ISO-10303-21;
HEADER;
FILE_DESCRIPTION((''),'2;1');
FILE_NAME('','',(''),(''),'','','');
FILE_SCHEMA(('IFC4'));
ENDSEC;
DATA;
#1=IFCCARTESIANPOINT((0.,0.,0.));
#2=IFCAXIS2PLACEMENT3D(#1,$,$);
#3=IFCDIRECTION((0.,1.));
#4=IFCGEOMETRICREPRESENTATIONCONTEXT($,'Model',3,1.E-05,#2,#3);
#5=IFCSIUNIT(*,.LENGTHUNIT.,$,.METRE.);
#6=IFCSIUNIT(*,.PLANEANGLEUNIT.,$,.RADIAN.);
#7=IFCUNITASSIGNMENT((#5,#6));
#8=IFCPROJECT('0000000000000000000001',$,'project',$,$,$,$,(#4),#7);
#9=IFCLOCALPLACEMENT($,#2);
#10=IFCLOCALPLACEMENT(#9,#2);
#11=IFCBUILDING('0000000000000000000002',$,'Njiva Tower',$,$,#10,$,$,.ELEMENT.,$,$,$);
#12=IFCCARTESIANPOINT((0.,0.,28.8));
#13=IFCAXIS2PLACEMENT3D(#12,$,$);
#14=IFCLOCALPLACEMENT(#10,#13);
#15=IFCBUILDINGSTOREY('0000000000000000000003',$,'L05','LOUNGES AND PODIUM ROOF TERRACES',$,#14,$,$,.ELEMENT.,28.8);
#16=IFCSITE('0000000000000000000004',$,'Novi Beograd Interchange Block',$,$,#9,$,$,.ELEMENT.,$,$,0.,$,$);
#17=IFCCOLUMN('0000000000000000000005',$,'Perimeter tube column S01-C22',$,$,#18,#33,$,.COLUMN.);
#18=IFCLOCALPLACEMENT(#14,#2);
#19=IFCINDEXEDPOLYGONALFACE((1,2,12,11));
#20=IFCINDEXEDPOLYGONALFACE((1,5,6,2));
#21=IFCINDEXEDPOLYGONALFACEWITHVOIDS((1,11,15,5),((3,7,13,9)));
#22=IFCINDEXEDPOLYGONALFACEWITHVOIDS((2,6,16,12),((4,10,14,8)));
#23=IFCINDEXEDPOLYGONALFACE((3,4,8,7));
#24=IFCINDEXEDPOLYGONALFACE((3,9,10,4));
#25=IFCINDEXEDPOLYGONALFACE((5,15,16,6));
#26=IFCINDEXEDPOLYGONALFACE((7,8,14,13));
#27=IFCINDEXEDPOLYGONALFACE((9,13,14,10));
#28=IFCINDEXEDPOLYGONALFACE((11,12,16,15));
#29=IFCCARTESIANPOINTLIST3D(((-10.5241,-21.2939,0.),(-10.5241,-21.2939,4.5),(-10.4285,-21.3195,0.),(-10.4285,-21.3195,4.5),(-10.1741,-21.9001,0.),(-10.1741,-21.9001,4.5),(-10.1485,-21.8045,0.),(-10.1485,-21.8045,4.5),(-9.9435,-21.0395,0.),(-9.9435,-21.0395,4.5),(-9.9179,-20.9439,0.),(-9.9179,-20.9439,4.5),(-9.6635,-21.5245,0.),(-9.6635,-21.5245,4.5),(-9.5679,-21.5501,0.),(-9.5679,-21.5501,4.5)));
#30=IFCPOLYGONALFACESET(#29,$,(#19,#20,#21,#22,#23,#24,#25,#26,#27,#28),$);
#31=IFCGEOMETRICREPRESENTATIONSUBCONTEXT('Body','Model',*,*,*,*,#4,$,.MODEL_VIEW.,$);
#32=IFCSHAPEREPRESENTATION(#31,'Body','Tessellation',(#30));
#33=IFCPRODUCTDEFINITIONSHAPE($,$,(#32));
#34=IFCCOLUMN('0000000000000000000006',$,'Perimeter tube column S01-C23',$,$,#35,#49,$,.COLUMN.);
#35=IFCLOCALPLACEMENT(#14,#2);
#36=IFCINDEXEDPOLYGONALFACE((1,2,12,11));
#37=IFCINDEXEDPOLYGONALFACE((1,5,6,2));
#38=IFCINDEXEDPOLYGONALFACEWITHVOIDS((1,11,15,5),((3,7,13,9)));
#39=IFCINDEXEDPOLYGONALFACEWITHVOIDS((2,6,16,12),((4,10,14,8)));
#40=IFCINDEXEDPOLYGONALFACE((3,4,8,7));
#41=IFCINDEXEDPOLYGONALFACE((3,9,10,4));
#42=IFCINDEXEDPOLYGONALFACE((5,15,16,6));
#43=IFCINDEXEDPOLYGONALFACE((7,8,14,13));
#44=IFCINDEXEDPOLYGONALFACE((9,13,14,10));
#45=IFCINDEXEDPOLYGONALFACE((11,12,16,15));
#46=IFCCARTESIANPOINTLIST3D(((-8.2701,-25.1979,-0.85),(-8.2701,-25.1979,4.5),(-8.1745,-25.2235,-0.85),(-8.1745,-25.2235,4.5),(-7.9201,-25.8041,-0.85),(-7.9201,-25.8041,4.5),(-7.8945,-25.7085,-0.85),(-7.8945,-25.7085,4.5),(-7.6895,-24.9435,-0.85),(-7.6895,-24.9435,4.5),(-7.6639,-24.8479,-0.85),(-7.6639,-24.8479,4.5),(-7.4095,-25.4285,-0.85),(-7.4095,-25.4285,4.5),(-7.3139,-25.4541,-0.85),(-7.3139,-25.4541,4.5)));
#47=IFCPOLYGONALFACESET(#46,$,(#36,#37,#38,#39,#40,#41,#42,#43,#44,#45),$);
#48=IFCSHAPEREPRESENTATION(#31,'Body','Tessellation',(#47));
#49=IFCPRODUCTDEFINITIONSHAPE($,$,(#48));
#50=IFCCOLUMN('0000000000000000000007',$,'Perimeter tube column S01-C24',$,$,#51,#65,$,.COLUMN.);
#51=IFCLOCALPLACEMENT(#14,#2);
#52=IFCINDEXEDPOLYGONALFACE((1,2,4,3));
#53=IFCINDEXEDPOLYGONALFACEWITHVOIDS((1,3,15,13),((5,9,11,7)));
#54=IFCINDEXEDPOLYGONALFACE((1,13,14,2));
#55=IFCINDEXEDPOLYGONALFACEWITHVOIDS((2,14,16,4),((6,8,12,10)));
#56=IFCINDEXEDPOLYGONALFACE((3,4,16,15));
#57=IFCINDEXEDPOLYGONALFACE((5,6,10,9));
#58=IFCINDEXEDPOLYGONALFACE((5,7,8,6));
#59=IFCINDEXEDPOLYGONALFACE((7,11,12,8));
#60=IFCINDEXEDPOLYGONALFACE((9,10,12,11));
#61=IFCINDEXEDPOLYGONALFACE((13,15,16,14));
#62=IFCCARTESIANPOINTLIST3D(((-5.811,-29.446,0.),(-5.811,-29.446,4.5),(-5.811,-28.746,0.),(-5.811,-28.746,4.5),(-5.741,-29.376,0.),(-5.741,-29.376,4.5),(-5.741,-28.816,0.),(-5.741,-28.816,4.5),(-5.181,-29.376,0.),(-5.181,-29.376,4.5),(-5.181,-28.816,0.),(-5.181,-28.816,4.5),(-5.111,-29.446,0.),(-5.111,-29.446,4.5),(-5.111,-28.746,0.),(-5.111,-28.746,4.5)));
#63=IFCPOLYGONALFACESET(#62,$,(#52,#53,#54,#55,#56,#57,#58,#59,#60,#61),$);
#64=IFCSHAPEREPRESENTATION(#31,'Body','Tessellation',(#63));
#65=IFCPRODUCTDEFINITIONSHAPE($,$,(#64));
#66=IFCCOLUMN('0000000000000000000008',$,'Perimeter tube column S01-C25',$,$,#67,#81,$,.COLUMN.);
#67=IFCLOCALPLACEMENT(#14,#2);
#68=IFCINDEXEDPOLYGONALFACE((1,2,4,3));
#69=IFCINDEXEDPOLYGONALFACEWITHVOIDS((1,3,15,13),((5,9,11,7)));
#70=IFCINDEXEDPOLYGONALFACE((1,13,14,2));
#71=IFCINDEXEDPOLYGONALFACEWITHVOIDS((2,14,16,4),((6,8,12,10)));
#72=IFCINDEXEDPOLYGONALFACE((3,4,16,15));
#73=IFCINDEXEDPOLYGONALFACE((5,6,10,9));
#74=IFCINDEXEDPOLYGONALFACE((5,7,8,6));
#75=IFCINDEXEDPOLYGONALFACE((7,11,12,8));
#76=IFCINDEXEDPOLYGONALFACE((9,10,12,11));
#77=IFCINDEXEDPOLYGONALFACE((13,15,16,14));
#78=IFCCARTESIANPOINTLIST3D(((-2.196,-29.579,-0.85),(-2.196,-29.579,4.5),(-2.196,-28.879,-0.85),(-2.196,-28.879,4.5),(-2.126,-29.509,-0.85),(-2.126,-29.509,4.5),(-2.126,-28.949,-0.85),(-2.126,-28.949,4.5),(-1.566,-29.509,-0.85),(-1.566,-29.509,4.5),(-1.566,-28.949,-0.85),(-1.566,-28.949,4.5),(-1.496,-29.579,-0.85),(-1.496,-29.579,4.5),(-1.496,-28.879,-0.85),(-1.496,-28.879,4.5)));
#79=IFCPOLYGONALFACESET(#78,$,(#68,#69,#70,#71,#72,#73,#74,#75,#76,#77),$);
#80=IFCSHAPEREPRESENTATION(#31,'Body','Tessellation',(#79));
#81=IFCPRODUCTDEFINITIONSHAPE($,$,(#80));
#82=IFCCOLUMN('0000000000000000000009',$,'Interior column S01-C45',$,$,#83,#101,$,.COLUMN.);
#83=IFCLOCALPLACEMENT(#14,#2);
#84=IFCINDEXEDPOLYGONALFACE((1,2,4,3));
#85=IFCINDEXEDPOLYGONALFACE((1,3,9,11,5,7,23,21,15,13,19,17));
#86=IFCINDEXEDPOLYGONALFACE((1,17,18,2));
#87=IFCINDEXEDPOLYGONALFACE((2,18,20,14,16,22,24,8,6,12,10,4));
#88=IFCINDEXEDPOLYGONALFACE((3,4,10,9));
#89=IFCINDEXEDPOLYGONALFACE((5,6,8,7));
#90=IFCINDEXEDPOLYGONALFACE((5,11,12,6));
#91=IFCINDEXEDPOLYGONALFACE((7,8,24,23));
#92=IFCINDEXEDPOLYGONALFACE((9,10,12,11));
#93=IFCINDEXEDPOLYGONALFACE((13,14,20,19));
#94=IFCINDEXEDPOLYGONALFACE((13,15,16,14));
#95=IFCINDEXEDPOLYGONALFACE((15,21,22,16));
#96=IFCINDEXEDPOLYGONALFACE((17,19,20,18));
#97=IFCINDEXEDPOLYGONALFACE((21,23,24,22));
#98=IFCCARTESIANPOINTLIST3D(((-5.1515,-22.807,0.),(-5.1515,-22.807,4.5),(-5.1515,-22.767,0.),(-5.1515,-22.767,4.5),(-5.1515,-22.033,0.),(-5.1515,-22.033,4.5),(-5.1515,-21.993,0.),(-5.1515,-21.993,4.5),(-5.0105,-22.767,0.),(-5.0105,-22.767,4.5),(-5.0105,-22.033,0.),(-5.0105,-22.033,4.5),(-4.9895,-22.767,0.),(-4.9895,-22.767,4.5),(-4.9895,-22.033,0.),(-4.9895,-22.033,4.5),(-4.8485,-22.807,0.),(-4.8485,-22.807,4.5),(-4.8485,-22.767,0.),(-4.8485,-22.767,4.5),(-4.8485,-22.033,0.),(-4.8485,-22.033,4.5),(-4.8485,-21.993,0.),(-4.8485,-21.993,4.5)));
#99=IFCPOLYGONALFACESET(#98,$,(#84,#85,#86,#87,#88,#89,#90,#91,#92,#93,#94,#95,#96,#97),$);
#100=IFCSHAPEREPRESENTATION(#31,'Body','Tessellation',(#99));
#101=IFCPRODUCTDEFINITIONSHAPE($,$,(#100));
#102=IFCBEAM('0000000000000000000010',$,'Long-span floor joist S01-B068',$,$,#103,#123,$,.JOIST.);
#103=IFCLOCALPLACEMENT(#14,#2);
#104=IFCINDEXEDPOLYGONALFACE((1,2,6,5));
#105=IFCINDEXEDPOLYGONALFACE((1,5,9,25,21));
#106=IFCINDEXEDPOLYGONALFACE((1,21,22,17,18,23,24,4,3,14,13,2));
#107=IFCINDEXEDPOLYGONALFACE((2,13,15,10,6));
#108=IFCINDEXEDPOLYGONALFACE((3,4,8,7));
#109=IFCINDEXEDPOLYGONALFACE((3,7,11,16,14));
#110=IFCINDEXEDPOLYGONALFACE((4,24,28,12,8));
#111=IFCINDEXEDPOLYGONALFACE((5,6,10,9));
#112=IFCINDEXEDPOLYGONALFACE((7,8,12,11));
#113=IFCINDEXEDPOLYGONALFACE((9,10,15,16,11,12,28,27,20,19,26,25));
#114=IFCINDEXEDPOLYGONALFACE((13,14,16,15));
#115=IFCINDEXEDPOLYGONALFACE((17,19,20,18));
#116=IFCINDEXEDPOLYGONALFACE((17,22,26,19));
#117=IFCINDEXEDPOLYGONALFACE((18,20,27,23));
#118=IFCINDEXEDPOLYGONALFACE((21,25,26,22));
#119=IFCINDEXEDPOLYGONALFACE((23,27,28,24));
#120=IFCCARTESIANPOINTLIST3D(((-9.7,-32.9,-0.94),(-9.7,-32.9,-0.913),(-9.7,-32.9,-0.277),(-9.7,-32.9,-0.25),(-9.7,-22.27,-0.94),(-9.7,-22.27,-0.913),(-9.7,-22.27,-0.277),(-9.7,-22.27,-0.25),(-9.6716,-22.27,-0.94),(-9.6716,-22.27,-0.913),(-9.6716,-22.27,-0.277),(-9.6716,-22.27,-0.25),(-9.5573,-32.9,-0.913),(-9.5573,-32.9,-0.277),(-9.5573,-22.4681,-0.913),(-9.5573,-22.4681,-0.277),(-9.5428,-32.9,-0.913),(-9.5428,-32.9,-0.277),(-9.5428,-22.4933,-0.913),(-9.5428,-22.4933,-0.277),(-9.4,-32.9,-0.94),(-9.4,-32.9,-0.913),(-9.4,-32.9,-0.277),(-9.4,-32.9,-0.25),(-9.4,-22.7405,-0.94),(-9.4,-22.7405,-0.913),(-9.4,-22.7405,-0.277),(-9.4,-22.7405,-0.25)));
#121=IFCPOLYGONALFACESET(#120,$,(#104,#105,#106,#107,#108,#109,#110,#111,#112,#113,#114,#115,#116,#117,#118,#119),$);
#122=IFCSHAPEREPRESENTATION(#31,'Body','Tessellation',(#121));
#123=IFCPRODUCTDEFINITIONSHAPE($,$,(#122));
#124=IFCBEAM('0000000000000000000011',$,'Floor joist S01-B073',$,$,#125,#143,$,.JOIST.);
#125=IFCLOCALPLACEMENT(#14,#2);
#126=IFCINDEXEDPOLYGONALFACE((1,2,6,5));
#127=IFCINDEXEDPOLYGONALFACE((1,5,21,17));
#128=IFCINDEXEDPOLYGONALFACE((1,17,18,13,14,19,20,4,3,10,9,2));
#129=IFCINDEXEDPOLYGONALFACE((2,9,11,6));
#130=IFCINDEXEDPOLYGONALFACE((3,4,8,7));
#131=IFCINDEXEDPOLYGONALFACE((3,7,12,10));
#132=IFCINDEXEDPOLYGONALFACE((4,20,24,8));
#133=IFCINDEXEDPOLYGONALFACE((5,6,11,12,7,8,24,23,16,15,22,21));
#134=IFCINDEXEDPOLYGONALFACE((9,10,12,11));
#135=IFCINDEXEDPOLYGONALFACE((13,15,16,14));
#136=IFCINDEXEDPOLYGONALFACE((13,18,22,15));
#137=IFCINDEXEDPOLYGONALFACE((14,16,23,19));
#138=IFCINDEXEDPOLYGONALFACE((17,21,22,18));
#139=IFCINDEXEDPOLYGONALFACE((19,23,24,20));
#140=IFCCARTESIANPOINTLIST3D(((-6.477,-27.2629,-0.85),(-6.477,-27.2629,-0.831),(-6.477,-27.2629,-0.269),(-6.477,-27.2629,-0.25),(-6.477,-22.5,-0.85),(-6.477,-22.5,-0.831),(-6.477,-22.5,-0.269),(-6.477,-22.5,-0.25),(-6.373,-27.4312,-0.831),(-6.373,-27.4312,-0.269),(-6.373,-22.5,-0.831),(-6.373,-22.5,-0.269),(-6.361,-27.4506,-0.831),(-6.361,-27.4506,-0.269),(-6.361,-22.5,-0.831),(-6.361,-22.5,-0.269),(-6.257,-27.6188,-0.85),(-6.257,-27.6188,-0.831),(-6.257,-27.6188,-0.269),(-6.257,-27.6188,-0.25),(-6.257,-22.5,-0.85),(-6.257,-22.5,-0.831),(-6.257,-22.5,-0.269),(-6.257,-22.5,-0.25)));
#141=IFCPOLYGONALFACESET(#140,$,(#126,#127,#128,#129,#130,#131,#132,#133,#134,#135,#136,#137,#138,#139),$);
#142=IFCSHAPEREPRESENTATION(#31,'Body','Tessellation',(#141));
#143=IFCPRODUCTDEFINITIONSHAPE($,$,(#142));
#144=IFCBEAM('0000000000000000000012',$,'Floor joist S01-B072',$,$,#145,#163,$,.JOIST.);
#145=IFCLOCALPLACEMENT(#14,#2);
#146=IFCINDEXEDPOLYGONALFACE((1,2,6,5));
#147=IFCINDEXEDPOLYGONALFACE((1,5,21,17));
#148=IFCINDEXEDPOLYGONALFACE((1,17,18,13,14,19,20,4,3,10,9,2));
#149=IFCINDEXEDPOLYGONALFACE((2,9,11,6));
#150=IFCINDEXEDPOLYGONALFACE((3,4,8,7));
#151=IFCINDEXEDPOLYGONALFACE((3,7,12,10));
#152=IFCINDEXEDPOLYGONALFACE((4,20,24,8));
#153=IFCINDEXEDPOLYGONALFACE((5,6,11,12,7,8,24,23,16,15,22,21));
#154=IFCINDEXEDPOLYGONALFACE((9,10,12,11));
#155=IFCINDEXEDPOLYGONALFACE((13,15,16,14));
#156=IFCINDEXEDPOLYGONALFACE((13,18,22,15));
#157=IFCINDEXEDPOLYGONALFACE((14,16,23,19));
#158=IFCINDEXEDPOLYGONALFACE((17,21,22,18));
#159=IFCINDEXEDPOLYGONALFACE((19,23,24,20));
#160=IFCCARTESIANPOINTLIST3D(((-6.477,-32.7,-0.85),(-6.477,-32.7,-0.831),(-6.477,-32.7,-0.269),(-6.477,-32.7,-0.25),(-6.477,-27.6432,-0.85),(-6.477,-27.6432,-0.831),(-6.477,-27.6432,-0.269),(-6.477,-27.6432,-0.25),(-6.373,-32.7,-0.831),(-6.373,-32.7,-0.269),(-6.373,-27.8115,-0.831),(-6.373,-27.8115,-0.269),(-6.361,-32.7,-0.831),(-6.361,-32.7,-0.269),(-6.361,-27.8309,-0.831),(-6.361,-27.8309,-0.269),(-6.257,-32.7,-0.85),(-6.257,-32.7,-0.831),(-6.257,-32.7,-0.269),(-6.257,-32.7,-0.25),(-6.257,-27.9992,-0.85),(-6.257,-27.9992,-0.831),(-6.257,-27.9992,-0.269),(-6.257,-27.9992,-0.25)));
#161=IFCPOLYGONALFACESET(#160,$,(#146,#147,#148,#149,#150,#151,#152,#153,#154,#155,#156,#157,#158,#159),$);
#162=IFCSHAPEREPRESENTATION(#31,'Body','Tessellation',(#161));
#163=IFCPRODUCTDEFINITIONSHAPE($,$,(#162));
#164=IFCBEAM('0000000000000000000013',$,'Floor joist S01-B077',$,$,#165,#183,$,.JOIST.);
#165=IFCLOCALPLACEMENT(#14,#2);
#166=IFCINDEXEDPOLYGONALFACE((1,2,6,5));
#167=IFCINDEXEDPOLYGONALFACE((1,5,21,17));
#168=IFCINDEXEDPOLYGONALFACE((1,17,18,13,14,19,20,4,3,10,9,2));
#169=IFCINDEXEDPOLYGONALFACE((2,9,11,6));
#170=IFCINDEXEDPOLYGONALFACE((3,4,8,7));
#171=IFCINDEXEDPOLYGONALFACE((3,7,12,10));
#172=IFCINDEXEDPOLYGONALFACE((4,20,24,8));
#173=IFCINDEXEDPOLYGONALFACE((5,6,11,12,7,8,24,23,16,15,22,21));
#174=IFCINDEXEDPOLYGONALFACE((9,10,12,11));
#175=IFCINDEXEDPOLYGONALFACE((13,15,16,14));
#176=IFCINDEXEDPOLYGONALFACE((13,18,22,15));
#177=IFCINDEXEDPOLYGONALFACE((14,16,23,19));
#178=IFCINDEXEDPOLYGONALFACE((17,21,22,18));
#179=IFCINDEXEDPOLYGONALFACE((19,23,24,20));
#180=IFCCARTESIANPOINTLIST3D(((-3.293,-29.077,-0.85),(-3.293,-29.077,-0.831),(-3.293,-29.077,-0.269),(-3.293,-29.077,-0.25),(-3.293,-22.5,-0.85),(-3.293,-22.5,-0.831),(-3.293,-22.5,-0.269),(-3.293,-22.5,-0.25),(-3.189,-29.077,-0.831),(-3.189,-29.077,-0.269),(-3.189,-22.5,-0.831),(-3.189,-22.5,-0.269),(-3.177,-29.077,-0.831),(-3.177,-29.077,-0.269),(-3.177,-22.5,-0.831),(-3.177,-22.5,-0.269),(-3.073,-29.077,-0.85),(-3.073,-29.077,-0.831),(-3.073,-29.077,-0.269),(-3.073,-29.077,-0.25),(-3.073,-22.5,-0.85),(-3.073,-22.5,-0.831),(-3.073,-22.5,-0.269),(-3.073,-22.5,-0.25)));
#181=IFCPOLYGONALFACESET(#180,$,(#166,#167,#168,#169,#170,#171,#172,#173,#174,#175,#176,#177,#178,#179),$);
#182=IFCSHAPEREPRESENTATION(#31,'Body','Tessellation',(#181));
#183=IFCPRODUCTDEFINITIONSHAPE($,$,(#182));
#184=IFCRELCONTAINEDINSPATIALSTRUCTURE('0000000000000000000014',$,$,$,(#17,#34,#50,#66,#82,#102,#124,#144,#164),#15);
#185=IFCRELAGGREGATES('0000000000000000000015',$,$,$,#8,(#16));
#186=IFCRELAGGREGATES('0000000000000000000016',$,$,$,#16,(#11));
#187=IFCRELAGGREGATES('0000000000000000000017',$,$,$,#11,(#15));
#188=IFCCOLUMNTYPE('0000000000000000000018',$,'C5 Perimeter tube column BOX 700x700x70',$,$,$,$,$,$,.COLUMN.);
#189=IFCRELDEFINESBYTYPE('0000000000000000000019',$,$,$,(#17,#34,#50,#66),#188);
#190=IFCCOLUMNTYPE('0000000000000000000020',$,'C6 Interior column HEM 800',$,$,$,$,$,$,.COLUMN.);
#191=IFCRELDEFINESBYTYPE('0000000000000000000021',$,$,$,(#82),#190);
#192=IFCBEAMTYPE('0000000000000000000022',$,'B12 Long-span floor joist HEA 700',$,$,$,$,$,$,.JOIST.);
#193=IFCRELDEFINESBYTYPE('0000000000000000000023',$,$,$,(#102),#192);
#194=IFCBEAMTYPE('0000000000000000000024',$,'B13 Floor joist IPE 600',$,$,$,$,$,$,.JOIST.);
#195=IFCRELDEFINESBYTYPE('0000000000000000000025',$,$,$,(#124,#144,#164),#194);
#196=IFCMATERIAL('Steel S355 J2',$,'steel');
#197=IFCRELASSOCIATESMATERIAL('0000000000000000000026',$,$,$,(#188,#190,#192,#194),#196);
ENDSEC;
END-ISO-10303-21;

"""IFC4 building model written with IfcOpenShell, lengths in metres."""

from ifc_helpers import new_model, si_unit, direction, frame, origin, origin_2d, place, context, subcontext, project, spatial, hollow_rectangle, i_section, extrude, clip, halfspace, material, material_profile, profile_set, type_object, element, save


model = new_model("IFC4")

# Units and contexts
model_context = context("Model", 3, precision=1e-05, world=origin(), true_north=direction((0.0, 1.0)))
body_context = subcontext(model_context, "Body", "Model", "MODEL_VIEW")
ifc_project = project(units=[si_unit("LENGTHUNIT", "METRE"), si_unit("PLANEANGLEUNIT", "RADIAN")], contexts=[model_context])

# Site, building, storey
site_placement = place(None, origin())
site = spatial("IfcSite", under=ifc_project, at=site_placement, Name="Novi Beograd Interchange Block", CompositionType="ELEMENT", RefElevation=0.0)
building_placement = place(site_placement, origin())
building = spatial("IfcBuilding", under=site, at=building_placement, Name="Njiva Tower", CompositionType="ELEMENT")
storey_placement = place(building_placement, frame((0.0, 0.0, 28.8)))
storey = spatial("IfcBuildingStorey", under=building, at=storey_placement, Name="L05", Description="LOUNGES AND PODIUM ROOF TERRACES", CompositionType="ELEMENT", Elevation=28.8)

# Columns
ifc_material_1 = material(Name="Steel S355 J2", Category="steel")
ifc_material_profile_1 = material_profile(ifc_material_1, hollow_rectangle(XDim=0.7, YDim=0.7, WallThickness=0.07, at=origin_2d()), Name="BOX 700x700x70")
ifc_profile_set_1 = profile_set([ifc_material_profile_1], Name="Steel S355 J2")
column_type_1 = type_object("IfcColumnType", Name="C5 Perimeter tube column BOX 700x700x70", PredefinedType="COLUMN", material=ifc_profile_set_1)
column_1_placement = place(storey_placement, frame((-10.046, -21.422, 0.0), z_axis=(0.0, 0.0, 1.0), x_axis=(0.5, -0.866025, 0.0)))
element("IfcColumn", 1, at=column_1_placement, inside=storey, type_object=column_type_1, Name="Perimeter tube column S01-C22", PredefinedType="COLUMN", context=body_context, shape_type="SweptSolid", body=[
    extrude(hollow_rectangle(XDim=0.7, YDim=0.7, WallThickness=0.07, at=origin_2d()), origin(), (0.0, 0.0, 1.0), 4.5),
])
column_2_placement = place(storey_placement, frame((-7.792, -25.326, -0.85), z_axis=(0.0, 0.0, 1.0), x_axis=(0.5, -0.866025, 0.0)))
element("IfcColumn", 2, at=column_2_placement, inside=storey, type_object=column_type_1, Name="Perimeter tube column S01-C23", PredefinedType="COLUMN", context=body_context, shape_type="SweptSolid", body=[
    extrude(hollow_rectangle(XDim=0.7, YDim=0.7, WallThickness=0.07, at=origin_2d()), origin(), (0.0, 0.0, 1.0), 5.35),
])
column_3_placement = place(storey_placement, frame((-5.461, -29.096, 0.0), z_axis=(0.0, 0.0, 1.0), x_axis=(1.0, 0.0, 0.0)))
element("IfcColumn", 3, at=column_3_placement, inside=storey, type_object=column_type_1, Name="Perimeter tube column S01-C24", PredefinedType="COLUMN", context=body_context, shape_type="SweptSolid", body=[
    extrude(hollow_rectangle(XDim=0.7, YDim=0.7, WallThickness=0.07, at=origin_2d()), origin(), (0.0, 0.0, 1.0), 4.5),
])
column_4_placement = place(storey_placement, frame((-1.846, -29.229, -0.85), z_axis=(0.0, 0.0, 1.0), x_axis=(1.0, 0.0, 0.0)))
element("IfcColumn", 4, at=column_4_placement, inside=storey, type_object=column_type_1, Name="Perimeter tube column S01-C25", PredefinedType="COLUMN", context=body_context, shape_type="SweptSolid", body=[
    extrude(hollow_rectangle(XDim=0.7, YDim=0.7, WallThickness=0.07, at=origin_2d()), origin(), (0.0, 0.0, 1.0), 5.35),
])
ifc_material_profile_2 = material_profile(ifc_material_1, i_section(OverallWidth=0.303, OverallDepth=0.814, WebThickness=0.021, FlangeThickness=0.04, at=origin_2d()), Name="HEM 800")
ifc_profile_set_2 = profile_set([ifc_material_profile_2], Name="Steel S355 J2")
column_type_2 = type_object("IfcColumnType", Name="C6 Interior column HEM 800", PredefinedType="COLUMN", material=ifc_profile_set_2)
column_5_placement = place(storey_placement, frame((-5.0, -22.4, 0.0), z_axis=(0.0, 0.0, 1.0), x_axis=(1.0, 0.0, 0.0)))
element("IfcColumn", 5, at=column_5_placement, inside=storey, type_object=column_type_2, Name="Interior column S01-C45", PredefinedType="COLUMN", context=body_context, shape_type="SweptSolid", body=[
    extrude(i_section(OverallWidth=0.303, OverallDepth=0.814, WebThickness=0.021, FlangeThickness=0.04, at=origin_2d()), origin(), (0.0, 0.0, 1.0), 4.5),
])

# Beams
ifc_material_profile_3 = material_profile(ifc_material_1, i_section(OverallWidth=0.3, OverallDepth=0.69, WebThickness=0.0145, FlangeThickness=0.027, at=origin_2d()), Name="HEA 700")
ifc_profile_set_3 = profile_set([ifc_material_profile_3], Name="Steel S355 J2")
beam_type_1 = type_object("IfcBeamType", Name="B12 Long-span floor joist HEA 700", PredefinedType="JOIST", material=ifc_profile_set_3)
beam_1_placement = place(storey_placement, frame((-9.55, -22.27, -0.595), z_axis=(0.0, -1.0, 0.0), x_axis=(1.0, 0.0, 0.0)))
element("IfcBeam", 6, at=beam_1_placement, inside=storey, type_object=beam_type_1, Name="Long-span floor joist S01-B068", PredefinedType="JOIST", context=body_context, shape_type="Clipping", body=[
    clip(extrude(i_section(OverallWidth=0.3, OverallDepth=0.69, WebThickness=0.0145, FlangeThickness=0.027, at=origin_2d()), origin(), (0.0, 0.0, 1.0), 10.63), halfspace(frame((0.0433, 0.0, 0.2857), z_axis=(0.866027, 0.0, -0.499998), x_axis=(0.0, -1.0, 0.0)), False)),
])
ifc_material_profile_4 = material_profile(ifc_material_1, i_section(OverallWidth=0.22, OverallDepth=0.6, WebThickness=0.012, FlangeThickness=0.019, at=origin_2d()), Name="IPE 600")
ifc_profile_set_4 = profile_set([ifc_material_profile_4], Name="Steel S355 J2")
beam_type_2 = type_object("IfcBeamType", Name="B13 Floor joist IPE 600", PredefinedType="JOIST", material=ifc_profile_set_4)
beam_2_placement = place(storey_placement, frame((-6.367, -22.5, -0.55), z_axis=(0.0, -1.0, 0.0), x_axis=(1.0, 0.0, 0.0)))
element("IfcBeam", 7, at=beam_2_placement, inside=storey, type_object=beam_type_2, Name="Floor joist S01-B073", PredefinedType="JOIST", context=body_context, shape_type="Clipping", body=[
    clip(extrude(i_section(OverallWidth=0.22, OverallDepth=0.6, WebThickness=0.012, FlangeThickness=0.019, at=origin_2d()), origin(), (0.0, 0.0, 1.0), 5.139), halfspace(frame((-0.0422, 0.0, 4.8726), z_axis=(-0.85062, 0.0, 0.52578), x_axis=(0.0, 1.0, 0.0)), False)),
])
beam_3_placement = place(storey_placement, frame((-6.367, -27.624, -0.55), z_axis=(0.0, -1.0, 0.0), x_axis=(1.0, 0.0, 0.0)))
element("IfcBeam", 8, at=beam_3_placement, inside=storey, type_object=beam_type_2, Name="Floor joist S01-B072", PredefinedType="JOIST", context=body_context, shape_type="Clipping", body=[
    clip(extrude(i_section(OverallWidth=0.22, OverallDepth=0.6, WebThickness=0.012, FlangeThickness=0.019, at=origin_2d()), origin(), (0.0, 0.0, 1.0), 5.076), halfspace(frame((0.0429, 0.0, 0.2666), z_axis=(0.85062, 0.0, -0.52578), x_axis=(0.0, -1.0, 0.0)), False)),
])
beam_4_placement = place(storey_placement, frame((-3.183, -22.5, -0.55), z_axis=(0.0, -1.0, 0.0), x_axis=(1.0, 0.0, 0.0)))
element("IfcBeam", 9, at=beam_4_placement, inside=storey, type_object=beam_type_2, Name="Floor joist S01-B077", PredefinedType="JOIST", context=body_context, shape_type="SweptSolid", body=[
    extrude(i_section(OverallWidth=0.22, OverallDepth=0.6, WebThickness=0.012, FlangeThickness=0.019, at=origin_2d()), origin(), (0.0, 0.0, 1.0), 6.577),
])

save(model, "model.ifc")
